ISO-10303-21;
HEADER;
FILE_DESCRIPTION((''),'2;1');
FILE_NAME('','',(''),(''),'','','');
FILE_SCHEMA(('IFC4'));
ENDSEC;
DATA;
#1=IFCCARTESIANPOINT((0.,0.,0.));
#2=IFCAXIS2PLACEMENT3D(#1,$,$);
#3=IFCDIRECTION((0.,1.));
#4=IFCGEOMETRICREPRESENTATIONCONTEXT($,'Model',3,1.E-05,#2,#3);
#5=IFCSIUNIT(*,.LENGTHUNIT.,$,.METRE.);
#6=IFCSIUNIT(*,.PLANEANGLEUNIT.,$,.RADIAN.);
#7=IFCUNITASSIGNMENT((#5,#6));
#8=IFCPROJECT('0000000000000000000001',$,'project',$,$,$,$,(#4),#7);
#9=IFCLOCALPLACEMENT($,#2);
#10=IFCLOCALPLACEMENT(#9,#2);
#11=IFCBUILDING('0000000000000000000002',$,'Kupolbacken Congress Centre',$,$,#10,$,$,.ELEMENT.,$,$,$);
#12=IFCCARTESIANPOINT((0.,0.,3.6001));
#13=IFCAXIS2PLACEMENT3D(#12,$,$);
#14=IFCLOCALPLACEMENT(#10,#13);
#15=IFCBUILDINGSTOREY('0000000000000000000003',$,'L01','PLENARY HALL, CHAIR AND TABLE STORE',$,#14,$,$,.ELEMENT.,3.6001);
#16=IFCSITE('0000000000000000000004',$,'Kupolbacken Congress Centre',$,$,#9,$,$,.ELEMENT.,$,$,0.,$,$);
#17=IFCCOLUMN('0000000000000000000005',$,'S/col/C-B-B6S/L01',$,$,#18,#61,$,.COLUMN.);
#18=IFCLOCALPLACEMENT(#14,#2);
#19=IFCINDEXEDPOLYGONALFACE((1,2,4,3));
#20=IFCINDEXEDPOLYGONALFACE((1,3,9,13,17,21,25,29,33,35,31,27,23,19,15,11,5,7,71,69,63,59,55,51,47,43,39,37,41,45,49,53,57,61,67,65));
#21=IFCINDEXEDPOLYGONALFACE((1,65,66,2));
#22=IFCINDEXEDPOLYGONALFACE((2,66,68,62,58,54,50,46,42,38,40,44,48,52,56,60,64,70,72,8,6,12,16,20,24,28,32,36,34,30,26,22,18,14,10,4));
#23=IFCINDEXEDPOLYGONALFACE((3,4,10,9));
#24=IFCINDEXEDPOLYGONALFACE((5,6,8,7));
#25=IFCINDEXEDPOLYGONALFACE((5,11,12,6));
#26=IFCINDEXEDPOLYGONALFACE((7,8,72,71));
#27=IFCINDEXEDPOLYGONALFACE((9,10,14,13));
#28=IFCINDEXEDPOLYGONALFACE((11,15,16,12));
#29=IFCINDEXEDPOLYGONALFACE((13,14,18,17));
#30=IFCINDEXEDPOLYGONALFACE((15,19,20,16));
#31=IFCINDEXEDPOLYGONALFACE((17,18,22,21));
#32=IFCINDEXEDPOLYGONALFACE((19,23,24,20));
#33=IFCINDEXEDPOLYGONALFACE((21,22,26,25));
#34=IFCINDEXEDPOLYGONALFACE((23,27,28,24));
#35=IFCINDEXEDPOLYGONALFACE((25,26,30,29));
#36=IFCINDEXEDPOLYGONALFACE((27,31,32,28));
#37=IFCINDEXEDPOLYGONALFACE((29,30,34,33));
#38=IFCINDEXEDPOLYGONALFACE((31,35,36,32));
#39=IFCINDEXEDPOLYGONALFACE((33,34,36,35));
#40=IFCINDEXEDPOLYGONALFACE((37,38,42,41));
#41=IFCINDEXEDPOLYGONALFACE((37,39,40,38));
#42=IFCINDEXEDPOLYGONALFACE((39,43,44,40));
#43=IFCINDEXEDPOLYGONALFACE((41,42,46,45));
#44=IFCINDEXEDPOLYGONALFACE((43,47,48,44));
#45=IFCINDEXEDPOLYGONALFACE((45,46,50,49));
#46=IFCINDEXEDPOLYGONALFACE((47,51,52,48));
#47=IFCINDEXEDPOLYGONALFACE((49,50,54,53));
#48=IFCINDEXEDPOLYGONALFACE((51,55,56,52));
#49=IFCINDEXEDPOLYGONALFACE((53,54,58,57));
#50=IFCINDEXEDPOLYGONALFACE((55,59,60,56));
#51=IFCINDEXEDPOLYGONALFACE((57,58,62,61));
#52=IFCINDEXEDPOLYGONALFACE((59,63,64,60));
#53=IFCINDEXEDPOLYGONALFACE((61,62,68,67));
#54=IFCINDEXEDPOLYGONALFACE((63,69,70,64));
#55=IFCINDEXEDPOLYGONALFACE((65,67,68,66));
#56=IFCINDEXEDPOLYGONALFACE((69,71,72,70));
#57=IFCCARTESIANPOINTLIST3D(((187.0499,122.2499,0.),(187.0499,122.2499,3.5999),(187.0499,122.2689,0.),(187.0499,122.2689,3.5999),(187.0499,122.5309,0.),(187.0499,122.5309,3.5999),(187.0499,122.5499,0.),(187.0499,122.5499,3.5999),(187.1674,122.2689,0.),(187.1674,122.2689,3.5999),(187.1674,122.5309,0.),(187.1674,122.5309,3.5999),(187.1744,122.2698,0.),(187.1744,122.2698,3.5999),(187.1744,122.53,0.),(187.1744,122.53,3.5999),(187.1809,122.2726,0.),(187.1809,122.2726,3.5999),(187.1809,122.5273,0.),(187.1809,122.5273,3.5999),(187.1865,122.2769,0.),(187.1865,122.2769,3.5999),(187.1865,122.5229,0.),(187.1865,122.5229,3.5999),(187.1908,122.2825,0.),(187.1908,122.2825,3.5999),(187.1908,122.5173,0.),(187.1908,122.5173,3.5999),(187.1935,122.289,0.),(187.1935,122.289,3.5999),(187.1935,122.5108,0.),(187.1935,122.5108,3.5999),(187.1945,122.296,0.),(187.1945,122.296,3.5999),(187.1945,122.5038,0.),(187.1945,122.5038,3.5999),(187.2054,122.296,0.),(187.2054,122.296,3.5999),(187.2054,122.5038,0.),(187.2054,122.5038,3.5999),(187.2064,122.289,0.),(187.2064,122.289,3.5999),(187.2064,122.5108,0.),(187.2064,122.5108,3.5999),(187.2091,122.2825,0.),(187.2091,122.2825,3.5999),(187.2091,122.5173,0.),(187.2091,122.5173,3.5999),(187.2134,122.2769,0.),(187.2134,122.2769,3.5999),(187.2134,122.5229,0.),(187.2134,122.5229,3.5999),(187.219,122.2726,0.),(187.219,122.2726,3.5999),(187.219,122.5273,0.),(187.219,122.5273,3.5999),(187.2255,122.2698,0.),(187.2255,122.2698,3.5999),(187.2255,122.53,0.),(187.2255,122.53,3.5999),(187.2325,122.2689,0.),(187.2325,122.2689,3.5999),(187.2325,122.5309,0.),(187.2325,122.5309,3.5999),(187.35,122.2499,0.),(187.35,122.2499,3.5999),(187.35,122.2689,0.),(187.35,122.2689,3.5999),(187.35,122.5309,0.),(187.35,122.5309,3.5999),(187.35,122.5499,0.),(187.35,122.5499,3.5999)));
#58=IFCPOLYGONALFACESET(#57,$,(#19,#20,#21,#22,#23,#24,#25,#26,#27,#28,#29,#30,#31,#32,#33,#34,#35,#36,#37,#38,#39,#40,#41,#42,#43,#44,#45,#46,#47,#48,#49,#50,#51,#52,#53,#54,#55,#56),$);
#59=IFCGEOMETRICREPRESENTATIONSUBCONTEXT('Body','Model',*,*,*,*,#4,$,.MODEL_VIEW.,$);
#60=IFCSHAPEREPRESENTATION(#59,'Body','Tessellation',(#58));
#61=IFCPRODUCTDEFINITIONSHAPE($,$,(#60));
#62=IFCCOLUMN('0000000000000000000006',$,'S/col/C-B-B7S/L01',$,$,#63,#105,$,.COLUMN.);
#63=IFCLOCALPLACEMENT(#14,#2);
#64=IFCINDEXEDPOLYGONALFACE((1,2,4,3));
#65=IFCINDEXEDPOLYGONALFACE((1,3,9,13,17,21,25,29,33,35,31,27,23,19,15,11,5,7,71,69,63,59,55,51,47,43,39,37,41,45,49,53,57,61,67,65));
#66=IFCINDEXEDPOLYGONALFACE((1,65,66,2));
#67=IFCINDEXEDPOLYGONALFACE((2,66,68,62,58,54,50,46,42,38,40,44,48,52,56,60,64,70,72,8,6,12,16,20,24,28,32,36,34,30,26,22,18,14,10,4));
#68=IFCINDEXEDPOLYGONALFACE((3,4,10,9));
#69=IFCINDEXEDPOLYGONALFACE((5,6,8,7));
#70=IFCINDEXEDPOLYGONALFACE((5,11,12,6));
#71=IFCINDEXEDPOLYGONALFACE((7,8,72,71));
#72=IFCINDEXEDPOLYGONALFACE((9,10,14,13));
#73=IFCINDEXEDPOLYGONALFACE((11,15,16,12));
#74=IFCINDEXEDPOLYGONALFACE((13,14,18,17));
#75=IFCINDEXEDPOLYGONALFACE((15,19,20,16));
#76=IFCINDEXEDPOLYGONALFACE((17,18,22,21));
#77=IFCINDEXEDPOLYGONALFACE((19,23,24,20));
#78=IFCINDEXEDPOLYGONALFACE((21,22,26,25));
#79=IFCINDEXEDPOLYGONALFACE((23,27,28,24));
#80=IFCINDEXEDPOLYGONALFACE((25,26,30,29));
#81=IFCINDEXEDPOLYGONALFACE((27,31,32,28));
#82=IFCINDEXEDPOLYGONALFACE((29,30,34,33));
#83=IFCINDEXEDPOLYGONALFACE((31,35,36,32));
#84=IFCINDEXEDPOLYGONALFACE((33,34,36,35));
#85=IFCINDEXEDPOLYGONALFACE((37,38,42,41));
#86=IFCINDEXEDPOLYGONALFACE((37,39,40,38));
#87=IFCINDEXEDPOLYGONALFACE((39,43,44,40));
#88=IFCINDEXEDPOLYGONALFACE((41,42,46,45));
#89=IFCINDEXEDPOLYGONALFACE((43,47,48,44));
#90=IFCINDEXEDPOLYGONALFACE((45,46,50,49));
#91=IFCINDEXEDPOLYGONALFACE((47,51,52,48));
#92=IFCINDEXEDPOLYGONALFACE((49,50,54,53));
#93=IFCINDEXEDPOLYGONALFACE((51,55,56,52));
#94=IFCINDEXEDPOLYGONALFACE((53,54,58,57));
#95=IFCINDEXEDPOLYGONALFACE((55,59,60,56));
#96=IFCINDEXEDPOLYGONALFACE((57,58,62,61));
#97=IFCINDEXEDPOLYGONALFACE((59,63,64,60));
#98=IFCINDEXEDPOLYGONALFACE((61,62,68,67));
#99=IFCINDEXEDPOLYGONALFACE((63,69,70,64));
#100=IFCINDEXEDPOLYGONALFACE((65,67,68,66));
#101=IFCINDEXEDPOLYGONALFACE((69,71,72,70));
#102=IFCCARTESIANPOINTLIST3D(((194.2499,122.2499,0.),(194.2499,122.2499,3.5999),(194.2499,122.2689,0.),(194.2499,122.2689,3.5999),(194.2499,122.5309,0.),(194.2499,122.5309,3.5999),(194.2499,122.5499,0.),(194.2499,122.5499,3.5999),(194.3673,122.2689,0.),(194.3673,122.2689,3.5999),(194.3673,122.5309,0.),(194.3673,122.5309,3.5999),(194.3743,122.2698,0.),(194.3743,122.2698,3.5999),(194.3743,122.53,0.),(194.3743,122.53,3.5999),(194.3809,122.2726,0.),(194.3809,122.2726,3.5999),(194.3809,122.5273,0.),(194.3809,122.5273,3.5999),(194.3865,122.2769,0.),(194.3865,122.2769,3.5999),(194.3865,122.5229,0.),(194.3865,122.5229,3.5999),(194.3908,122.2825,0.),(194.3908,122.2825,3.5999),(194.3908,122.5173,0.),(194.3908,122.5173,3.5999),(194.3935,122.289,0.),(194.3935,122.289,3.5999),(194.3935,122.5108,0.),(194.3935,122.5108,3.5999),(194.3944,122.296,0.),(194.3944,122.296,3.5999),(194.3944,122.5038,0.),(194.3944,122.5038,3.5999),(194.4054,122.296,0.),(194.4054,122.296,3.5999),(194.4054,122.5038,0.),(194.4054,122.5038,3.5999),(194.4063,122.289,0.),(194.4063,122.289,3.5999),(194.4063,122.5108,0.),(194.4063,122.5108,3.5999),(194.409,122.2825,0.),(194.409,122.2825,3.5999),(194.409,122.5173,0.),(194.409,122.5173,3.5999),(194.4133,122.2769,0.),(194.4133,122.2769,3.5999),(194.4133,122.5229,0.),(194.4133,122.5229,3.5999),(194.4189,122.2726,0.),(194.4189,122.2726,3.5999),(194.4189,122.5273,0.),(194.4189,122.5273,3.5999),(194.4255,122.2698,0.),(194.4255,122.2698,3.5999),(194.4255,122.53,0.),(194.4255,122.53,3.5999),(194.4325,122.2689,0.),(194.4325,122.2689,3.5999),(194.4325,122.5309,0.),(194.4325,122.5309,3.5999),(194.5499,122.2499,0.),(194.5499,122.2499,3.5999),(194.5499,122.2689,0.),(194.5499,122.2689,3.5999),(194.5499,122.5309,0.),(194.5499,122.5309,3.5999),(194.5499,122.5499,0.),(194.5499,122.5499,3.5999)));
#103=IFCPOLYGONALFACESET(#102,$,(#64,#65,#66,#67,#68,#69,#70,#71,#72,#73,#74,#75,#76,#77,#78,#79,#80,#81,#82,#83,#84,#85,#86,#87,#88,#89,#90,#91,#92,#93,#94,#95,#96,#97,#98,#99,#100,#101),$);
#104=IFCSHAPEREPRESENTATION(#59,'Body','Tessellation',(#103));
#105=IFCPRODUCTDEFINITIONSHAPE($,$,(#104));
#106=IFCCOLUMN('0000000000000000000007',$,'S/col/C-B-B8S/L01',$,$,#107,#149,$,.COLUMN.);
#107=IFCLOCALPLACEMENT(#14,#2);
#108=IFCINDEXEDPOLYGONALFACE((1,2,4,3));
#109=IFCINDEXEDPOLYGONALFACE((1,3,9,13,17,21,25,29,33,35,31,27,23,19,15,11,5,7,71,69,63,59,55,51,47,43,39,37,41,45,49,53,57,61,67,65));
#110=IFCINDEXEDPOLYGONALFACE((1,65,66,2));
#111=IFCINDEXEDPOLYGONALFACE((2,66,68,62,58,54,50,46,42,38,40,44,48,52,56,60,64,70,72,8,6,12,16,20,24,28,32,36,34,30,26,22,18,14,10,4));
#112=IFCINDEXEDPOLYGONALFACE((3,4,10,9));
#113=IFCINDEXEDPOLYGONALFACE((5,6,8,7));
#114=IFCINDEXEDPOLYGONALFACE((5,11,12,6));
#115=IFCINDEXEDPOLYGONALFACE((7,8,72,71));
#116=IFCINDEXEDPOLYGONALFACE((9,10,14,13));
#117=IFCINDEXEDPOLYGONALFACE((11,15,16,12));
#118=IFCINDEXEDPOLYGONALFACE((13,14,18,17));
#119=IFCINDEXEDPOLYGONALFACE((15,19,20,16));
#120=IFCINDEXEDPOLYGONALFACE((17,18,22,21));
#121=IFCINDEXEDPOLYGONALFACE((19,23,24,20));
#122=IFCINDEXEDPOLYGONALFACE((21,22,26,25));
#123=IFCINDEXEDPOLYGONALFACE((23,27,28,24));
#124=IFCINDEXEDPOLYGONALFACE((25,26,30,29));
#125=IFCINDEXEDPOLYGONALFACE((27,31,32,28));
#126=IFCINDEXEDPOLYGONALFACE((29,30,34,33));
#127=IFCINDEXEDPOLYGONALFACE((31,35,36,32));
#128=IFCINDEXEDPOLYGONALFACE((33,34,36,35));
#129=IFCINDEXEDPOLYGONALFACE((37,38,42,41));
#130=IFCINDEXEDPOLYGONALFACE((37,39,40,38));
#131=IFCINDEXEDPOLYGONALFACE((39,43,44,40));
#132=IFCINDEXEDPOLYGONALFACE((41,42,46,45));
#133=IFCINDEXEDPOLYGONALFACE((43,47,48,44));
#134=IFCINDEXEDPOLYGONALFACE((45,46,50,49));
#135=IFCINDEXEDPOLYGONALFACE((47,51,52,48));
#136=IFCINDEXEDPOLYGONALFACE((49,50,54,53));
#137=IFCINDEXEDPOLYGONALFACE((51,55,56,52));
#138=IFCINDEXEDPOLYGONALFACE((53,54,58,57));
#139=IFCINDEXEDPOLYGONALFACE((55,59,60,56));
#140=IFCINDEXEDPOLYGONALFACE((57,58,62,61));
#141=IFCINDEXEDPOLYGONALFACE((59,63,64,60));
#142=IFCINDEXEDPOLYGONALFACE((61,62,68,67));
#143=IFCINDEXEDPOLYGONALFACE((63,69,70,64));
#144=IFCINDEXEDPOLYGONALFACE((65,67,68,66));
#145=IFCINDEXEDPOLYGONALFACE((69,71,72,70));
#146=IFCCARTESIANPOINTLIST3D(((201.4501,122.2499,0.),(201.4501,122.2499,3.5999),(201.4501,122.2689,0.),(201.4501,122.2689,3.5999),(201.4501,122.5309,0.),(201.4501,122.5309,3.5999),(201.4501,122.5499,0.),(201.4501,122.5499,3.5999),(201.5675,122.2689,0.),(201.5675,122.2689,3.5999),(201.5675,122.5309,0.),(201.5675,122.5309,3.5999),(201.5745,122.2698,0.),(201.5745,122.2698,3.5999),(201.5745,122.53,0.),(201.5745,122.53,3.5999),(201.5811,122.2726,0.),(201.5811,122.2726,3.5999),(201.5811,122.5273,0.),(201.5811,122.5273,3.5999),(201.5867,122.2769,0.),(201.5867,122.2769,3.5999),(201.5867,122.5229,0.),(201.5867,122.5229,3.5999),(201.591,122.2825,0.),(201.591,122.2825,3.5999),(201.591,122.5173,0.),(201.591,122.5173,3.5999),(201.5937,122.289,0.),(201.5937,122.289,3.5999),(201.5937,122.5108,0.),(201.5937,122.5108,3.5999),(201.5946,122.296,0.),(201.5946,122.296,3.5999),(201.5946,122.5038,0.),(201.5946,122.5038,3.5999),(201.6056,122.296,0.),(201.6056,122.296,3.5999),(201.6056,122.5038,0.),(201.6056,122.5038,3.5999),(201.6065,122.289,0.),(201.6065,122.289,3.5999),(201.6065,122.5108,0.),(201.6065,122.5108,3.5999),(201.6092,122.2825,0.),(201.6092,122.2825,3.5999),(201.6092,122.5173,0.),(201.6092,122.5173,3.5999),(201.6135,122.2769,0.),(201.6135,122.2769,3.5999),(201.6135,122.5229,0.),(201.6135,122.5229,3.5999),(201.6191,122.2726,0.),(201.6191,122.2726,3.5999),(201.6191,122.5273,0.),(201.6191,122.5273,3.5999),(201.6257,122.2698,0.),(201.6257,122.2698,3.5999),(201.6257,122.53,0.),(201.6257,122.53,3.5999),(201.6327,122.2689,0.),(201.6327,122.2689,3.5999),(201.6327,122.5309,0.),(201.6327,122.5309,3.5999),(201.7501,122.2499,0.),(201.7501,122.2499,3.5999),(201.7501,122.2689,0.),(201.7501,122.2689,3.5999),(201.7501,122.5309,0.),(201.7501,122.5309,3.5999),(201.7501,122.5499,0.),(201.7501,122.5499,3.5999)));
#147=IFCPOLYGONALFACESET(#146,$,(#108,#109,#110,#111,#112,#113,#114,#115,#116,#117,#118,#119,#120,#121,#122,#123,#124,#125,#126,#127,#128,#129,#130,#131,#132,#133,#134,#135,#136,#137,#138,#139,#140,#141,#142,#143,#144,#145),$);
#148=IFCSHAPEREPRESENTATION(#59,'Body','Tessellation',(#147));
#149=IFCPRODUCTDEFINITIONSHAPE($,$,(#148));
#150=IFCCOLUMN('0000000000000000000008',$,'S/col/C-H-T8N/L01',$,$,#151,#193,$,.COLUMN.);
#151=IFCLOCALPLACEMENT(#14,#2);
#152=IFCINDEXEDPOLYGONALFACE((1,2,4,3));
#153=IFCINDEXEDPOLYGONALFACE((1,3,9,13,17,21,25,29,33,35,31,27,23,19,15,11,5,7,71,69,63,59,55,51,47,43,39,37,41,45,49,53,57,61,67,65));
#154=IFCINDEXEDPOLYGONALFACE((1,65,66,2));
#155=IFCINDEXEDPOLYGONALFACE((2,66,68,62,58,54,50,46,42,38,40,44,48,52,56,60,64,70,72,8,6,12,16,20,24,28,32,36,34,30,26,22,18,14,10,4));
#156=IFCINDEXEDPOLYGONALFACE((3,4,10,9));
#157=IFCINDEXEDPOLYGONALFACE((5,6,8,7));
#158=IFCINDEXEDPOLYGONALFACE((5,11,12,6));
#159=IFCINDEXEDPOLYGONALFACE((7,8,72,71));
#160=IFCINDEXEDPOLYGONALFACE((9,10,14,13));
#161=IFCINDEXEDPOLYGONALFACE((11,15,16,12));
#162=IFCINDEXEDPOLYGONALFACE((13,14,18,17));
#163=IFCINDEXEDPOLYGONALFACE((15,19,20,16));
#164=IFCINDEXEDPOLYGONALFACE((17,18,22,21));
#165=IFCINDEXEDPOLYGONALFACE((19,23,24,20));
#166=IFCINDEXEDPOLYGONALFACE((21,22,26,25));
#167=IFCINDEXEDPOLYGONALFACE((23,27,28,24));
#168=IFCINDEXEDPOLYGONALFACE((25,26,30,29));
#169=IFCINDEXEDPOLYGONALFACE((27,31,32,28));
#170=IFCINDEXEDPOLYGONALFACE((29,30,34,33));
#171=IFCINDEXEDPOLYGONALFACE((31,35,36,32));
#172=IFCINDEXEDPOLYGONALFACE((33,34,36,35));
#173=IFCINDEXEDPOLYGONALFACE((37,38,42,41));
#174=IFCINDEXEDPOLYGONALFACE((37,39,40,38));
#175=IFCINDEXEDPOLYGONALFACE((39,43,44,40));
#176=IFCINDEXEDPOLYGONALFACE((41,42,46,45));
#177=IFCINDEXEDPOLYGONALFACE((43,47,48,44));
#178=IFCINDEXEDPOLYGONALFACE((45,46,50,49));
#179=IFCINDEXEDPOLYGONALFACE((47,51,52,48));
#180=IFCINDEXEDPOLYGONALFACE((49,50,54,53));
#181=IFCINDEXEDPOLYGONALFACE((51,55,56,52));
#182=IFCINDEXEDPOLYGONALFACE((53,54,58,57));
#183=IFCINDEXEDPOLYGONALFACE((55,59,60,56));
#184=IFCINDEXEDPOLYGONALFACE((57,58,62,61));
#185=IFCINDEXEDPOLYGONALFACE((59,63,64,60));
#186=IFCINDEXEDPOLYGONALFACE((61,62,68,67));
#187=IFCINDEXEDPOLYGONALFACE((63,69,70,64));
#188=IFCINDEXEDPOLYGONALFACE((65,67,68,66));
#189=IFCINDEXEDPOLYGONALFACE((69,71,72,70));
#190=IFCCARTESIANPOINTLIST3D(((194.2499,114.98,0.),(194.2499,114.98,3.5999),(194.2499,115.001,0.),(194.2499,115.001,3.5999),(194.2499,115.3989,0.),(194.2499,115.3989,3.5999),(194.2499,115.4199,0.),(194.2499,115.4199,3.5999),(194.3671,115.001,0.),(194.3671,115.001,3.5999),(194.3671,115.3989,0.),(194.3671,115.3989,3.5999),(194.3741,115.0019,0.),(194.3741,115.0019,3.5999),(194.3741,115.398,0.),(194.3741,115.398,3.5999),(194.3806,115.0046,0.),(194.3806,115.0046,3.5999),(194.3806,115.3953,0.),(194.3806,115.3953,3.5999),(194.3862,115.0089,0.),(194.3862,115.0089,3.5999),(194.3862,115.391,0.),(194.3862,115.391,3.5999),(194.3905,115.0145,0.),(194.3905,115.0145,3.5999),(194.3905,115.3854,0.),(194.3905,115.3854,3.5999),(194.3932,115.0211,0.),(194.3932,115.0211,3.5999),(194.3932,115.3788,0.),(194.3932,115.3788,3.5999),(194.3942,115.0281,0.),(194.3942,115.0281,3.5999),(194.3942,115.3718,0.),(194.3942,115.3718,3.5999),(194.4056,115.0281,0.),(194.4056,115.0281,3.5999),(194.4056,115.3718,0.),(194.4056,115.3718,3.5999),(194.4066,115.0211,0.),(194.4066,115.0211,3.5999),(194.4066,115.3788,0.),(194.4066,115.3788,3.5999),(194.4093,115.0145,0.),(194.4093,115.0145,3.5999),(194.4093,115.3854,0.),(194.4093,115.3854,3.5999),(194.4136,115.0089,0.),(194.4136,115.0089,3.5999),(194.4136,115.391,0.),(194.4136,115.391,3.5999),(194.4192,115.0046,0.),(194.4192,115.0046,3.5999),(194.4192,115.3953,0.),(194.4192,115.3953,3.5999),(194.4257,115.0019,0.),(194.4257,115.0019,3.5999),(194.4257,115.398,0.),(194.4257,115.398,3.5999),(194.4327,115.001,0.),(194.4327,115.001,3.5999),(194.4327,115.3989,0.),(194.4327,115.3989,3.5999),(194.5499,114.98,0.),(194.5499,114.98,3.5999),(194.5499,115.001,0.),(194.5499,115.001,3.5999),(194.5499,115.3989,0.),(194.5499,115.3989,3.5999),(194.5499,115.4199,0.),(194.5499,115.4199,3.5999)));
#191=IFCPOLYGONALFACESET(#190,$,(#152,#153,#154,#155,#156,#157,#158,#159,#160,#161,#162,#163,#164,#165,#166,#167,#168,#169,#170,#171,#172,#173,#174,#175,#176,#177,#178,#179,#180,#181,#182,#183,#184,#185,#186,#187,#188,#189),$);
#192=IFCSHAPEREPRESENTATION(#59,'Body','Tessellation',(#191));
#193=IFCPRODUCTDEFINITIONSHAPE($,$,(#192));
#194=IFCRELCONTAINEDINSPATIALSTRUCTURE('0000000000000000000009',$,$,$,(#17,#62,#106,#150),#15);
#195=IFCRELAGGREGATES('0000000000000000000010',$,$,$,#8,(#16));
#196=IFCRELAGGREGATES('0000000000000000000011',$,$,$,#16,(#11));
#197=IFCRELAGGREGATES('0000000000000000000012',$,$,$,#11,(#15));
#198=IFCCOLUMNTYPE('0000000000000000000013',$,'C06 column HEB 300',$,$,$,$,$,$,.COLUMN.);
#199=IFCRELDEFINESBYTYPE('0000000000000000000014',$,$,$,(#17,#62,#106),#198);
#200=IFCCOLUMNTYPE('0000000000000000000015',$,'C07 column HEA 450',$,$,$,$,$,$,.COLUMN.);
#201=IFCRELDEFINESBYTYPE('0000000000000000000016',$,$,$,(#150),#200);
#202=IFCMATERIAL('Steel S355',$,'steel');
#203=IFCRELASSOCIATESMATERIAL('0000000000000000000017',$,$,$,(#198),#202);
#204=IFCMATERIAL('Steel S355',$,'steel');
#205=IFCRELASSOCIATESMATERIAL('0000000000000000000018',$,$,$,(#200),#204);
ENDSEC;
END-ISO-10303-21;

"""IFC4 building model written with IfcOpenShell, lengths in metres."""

from ifc_helpers import new_model, si_unit, direction, frame, origin, origin_2d, place, context, subcontext, project, spatial, i_section, extrude, material, material_profile, profile_set, type_object, element, save


model = new_model("IFC4")

# Units and contexts
model_context = context("Model", 3, precision=1e-05, world=origin(), true_north=direction((0.0, 1.0)))
body_context = subcontext(model_context, "Body", "Model", "MODEL_VIEW")
ifc_project = project(units=[si_unit("LENGTHUNIT", "METRE"), si_unit("PLANEANGLEUNIT", "RADIAN")], contexts=[model_context])

# Site, building, storey
site_placement = place(None, origin())
site = spatial("IfcSite", under=ifc_project, at=site_placement, Name="Kupolbacken Congress Centre", CompositionType="ELEMENT", RefElevation=0.0)
building_placement = place(site_placement, origin())
building = spatial("IfcBuilding", under=site, at=building_placement, Name="Kupolbacken Congress Centre", CompositionType="ELEMENT")
storey_placement = place(building_placement, frame((0.0, 0.0, 3.6001)))
storey = spatial("IfcBuildingStorey", under=building, at=storey_placement, Name="L01", Description="PLENARY HALL, CHAIR AND TABLE STORE", CompositionType="ELEMENT", Elevation=3.6001)

# Columns
ifc_material_1 = material(Name="Steel S355", Category="steel")
ifc_material_profile_1 = material_profile(ifc_material_1, i_section(OverallWidth=0.3, OverallDepth=0.3, WebThickness=0.011, FlangeThickness=0.019, FilletRadius=0.0271, at=origin_2d()), Name="HEB 300")
ifc_profile_set_1 = profile_set([ifc_material_profile_1], Name="Steel S355")
column_type_1 = type_object("IfcColumnType", Name="C06 column HEB 300", PredefinedType="COLUMN", material=ifc_profile_set_1)
for number, where, z_axis, x_axis, name in (
    (1, (187.2, 122.3999, 0.0), (0.0, 0.0, 1.0), (1.0, 0.0, 0.0), "S/col/C-B-B6S/L01"),
    (2, (194.3999, 122.3999, 0.0), (0.0, 0.0, 1.0), (1.0, 0.0, 0.0), "S/col/C-B-B7S/L01"),
    (3, (201.6001, 122.3999, 0.0), (0.0, 0.0, 1.0), (1.0, 0.0, 0.0), "S/col/C-B-B8S/L01"),
):
    element("IfcColumn", number, at=place(storey_placement, frame(where, z_axis=z_axis, x_axis=x_axis)), inside=storey, type_object=column_type_1, Name=name, PredefinedType="COLUMN", context=body_context, shape_type="SweptSolid", body=[
        extrude(i_section(OverallWidth=0.3, OverallDepth=0.3, WebThickness=0.011, FlangeThickness=0.019, FilletRadius=0.0271, at=origin_2d()), origin(), (0.0, 0.0, 1.0), 3.5999),
    ])
ifc_material_2 = material(Name="Steel S355", Category="steel")
ifc_material_profile_2 = material_profile(ifc_material_2, i_section(OverallWidth=0.3, OverallDepth=0.4399, WebThickness=0.0115, FlangeThickness=0.021, FilletRadius=0.0271, at=origin_2d()), Name="HEA 450")
ifc_profile_set_2 = profile_set([ifc_material_profile_2], Name="Steel S355")
column_type_2 = type_object("IfcColumnType", Name="C07 column HEA 450", PredefinedType="COLUMN", material=ifc_profile_set_2)
column_1_placement = place(storey_placement, frame((194.3999, 115.2, 0.0), z_axis=(0.0, 0.0, 1.0), x_axis=(1.0, 0.0, 0.0)))
element("IfcColumn", 4, at=column_1_placement, inside=storey, type_object=column_type_2, Name="S/col/C-H-T8N/L01", PredefinedType="COLUMN", context=body_context, shape_type="SweptSolid", body=[
    extrude(i_section(OverallWidth=0.3, OverallDepth=0.4399, WebThickness=0.0115, FlangeThickness=0.021, FilletRadius=0.0271, at=origin_2d()), origin(), (0.0, 0.0, 1.0), 3.5999),
])

save(model, "model.ifc")
